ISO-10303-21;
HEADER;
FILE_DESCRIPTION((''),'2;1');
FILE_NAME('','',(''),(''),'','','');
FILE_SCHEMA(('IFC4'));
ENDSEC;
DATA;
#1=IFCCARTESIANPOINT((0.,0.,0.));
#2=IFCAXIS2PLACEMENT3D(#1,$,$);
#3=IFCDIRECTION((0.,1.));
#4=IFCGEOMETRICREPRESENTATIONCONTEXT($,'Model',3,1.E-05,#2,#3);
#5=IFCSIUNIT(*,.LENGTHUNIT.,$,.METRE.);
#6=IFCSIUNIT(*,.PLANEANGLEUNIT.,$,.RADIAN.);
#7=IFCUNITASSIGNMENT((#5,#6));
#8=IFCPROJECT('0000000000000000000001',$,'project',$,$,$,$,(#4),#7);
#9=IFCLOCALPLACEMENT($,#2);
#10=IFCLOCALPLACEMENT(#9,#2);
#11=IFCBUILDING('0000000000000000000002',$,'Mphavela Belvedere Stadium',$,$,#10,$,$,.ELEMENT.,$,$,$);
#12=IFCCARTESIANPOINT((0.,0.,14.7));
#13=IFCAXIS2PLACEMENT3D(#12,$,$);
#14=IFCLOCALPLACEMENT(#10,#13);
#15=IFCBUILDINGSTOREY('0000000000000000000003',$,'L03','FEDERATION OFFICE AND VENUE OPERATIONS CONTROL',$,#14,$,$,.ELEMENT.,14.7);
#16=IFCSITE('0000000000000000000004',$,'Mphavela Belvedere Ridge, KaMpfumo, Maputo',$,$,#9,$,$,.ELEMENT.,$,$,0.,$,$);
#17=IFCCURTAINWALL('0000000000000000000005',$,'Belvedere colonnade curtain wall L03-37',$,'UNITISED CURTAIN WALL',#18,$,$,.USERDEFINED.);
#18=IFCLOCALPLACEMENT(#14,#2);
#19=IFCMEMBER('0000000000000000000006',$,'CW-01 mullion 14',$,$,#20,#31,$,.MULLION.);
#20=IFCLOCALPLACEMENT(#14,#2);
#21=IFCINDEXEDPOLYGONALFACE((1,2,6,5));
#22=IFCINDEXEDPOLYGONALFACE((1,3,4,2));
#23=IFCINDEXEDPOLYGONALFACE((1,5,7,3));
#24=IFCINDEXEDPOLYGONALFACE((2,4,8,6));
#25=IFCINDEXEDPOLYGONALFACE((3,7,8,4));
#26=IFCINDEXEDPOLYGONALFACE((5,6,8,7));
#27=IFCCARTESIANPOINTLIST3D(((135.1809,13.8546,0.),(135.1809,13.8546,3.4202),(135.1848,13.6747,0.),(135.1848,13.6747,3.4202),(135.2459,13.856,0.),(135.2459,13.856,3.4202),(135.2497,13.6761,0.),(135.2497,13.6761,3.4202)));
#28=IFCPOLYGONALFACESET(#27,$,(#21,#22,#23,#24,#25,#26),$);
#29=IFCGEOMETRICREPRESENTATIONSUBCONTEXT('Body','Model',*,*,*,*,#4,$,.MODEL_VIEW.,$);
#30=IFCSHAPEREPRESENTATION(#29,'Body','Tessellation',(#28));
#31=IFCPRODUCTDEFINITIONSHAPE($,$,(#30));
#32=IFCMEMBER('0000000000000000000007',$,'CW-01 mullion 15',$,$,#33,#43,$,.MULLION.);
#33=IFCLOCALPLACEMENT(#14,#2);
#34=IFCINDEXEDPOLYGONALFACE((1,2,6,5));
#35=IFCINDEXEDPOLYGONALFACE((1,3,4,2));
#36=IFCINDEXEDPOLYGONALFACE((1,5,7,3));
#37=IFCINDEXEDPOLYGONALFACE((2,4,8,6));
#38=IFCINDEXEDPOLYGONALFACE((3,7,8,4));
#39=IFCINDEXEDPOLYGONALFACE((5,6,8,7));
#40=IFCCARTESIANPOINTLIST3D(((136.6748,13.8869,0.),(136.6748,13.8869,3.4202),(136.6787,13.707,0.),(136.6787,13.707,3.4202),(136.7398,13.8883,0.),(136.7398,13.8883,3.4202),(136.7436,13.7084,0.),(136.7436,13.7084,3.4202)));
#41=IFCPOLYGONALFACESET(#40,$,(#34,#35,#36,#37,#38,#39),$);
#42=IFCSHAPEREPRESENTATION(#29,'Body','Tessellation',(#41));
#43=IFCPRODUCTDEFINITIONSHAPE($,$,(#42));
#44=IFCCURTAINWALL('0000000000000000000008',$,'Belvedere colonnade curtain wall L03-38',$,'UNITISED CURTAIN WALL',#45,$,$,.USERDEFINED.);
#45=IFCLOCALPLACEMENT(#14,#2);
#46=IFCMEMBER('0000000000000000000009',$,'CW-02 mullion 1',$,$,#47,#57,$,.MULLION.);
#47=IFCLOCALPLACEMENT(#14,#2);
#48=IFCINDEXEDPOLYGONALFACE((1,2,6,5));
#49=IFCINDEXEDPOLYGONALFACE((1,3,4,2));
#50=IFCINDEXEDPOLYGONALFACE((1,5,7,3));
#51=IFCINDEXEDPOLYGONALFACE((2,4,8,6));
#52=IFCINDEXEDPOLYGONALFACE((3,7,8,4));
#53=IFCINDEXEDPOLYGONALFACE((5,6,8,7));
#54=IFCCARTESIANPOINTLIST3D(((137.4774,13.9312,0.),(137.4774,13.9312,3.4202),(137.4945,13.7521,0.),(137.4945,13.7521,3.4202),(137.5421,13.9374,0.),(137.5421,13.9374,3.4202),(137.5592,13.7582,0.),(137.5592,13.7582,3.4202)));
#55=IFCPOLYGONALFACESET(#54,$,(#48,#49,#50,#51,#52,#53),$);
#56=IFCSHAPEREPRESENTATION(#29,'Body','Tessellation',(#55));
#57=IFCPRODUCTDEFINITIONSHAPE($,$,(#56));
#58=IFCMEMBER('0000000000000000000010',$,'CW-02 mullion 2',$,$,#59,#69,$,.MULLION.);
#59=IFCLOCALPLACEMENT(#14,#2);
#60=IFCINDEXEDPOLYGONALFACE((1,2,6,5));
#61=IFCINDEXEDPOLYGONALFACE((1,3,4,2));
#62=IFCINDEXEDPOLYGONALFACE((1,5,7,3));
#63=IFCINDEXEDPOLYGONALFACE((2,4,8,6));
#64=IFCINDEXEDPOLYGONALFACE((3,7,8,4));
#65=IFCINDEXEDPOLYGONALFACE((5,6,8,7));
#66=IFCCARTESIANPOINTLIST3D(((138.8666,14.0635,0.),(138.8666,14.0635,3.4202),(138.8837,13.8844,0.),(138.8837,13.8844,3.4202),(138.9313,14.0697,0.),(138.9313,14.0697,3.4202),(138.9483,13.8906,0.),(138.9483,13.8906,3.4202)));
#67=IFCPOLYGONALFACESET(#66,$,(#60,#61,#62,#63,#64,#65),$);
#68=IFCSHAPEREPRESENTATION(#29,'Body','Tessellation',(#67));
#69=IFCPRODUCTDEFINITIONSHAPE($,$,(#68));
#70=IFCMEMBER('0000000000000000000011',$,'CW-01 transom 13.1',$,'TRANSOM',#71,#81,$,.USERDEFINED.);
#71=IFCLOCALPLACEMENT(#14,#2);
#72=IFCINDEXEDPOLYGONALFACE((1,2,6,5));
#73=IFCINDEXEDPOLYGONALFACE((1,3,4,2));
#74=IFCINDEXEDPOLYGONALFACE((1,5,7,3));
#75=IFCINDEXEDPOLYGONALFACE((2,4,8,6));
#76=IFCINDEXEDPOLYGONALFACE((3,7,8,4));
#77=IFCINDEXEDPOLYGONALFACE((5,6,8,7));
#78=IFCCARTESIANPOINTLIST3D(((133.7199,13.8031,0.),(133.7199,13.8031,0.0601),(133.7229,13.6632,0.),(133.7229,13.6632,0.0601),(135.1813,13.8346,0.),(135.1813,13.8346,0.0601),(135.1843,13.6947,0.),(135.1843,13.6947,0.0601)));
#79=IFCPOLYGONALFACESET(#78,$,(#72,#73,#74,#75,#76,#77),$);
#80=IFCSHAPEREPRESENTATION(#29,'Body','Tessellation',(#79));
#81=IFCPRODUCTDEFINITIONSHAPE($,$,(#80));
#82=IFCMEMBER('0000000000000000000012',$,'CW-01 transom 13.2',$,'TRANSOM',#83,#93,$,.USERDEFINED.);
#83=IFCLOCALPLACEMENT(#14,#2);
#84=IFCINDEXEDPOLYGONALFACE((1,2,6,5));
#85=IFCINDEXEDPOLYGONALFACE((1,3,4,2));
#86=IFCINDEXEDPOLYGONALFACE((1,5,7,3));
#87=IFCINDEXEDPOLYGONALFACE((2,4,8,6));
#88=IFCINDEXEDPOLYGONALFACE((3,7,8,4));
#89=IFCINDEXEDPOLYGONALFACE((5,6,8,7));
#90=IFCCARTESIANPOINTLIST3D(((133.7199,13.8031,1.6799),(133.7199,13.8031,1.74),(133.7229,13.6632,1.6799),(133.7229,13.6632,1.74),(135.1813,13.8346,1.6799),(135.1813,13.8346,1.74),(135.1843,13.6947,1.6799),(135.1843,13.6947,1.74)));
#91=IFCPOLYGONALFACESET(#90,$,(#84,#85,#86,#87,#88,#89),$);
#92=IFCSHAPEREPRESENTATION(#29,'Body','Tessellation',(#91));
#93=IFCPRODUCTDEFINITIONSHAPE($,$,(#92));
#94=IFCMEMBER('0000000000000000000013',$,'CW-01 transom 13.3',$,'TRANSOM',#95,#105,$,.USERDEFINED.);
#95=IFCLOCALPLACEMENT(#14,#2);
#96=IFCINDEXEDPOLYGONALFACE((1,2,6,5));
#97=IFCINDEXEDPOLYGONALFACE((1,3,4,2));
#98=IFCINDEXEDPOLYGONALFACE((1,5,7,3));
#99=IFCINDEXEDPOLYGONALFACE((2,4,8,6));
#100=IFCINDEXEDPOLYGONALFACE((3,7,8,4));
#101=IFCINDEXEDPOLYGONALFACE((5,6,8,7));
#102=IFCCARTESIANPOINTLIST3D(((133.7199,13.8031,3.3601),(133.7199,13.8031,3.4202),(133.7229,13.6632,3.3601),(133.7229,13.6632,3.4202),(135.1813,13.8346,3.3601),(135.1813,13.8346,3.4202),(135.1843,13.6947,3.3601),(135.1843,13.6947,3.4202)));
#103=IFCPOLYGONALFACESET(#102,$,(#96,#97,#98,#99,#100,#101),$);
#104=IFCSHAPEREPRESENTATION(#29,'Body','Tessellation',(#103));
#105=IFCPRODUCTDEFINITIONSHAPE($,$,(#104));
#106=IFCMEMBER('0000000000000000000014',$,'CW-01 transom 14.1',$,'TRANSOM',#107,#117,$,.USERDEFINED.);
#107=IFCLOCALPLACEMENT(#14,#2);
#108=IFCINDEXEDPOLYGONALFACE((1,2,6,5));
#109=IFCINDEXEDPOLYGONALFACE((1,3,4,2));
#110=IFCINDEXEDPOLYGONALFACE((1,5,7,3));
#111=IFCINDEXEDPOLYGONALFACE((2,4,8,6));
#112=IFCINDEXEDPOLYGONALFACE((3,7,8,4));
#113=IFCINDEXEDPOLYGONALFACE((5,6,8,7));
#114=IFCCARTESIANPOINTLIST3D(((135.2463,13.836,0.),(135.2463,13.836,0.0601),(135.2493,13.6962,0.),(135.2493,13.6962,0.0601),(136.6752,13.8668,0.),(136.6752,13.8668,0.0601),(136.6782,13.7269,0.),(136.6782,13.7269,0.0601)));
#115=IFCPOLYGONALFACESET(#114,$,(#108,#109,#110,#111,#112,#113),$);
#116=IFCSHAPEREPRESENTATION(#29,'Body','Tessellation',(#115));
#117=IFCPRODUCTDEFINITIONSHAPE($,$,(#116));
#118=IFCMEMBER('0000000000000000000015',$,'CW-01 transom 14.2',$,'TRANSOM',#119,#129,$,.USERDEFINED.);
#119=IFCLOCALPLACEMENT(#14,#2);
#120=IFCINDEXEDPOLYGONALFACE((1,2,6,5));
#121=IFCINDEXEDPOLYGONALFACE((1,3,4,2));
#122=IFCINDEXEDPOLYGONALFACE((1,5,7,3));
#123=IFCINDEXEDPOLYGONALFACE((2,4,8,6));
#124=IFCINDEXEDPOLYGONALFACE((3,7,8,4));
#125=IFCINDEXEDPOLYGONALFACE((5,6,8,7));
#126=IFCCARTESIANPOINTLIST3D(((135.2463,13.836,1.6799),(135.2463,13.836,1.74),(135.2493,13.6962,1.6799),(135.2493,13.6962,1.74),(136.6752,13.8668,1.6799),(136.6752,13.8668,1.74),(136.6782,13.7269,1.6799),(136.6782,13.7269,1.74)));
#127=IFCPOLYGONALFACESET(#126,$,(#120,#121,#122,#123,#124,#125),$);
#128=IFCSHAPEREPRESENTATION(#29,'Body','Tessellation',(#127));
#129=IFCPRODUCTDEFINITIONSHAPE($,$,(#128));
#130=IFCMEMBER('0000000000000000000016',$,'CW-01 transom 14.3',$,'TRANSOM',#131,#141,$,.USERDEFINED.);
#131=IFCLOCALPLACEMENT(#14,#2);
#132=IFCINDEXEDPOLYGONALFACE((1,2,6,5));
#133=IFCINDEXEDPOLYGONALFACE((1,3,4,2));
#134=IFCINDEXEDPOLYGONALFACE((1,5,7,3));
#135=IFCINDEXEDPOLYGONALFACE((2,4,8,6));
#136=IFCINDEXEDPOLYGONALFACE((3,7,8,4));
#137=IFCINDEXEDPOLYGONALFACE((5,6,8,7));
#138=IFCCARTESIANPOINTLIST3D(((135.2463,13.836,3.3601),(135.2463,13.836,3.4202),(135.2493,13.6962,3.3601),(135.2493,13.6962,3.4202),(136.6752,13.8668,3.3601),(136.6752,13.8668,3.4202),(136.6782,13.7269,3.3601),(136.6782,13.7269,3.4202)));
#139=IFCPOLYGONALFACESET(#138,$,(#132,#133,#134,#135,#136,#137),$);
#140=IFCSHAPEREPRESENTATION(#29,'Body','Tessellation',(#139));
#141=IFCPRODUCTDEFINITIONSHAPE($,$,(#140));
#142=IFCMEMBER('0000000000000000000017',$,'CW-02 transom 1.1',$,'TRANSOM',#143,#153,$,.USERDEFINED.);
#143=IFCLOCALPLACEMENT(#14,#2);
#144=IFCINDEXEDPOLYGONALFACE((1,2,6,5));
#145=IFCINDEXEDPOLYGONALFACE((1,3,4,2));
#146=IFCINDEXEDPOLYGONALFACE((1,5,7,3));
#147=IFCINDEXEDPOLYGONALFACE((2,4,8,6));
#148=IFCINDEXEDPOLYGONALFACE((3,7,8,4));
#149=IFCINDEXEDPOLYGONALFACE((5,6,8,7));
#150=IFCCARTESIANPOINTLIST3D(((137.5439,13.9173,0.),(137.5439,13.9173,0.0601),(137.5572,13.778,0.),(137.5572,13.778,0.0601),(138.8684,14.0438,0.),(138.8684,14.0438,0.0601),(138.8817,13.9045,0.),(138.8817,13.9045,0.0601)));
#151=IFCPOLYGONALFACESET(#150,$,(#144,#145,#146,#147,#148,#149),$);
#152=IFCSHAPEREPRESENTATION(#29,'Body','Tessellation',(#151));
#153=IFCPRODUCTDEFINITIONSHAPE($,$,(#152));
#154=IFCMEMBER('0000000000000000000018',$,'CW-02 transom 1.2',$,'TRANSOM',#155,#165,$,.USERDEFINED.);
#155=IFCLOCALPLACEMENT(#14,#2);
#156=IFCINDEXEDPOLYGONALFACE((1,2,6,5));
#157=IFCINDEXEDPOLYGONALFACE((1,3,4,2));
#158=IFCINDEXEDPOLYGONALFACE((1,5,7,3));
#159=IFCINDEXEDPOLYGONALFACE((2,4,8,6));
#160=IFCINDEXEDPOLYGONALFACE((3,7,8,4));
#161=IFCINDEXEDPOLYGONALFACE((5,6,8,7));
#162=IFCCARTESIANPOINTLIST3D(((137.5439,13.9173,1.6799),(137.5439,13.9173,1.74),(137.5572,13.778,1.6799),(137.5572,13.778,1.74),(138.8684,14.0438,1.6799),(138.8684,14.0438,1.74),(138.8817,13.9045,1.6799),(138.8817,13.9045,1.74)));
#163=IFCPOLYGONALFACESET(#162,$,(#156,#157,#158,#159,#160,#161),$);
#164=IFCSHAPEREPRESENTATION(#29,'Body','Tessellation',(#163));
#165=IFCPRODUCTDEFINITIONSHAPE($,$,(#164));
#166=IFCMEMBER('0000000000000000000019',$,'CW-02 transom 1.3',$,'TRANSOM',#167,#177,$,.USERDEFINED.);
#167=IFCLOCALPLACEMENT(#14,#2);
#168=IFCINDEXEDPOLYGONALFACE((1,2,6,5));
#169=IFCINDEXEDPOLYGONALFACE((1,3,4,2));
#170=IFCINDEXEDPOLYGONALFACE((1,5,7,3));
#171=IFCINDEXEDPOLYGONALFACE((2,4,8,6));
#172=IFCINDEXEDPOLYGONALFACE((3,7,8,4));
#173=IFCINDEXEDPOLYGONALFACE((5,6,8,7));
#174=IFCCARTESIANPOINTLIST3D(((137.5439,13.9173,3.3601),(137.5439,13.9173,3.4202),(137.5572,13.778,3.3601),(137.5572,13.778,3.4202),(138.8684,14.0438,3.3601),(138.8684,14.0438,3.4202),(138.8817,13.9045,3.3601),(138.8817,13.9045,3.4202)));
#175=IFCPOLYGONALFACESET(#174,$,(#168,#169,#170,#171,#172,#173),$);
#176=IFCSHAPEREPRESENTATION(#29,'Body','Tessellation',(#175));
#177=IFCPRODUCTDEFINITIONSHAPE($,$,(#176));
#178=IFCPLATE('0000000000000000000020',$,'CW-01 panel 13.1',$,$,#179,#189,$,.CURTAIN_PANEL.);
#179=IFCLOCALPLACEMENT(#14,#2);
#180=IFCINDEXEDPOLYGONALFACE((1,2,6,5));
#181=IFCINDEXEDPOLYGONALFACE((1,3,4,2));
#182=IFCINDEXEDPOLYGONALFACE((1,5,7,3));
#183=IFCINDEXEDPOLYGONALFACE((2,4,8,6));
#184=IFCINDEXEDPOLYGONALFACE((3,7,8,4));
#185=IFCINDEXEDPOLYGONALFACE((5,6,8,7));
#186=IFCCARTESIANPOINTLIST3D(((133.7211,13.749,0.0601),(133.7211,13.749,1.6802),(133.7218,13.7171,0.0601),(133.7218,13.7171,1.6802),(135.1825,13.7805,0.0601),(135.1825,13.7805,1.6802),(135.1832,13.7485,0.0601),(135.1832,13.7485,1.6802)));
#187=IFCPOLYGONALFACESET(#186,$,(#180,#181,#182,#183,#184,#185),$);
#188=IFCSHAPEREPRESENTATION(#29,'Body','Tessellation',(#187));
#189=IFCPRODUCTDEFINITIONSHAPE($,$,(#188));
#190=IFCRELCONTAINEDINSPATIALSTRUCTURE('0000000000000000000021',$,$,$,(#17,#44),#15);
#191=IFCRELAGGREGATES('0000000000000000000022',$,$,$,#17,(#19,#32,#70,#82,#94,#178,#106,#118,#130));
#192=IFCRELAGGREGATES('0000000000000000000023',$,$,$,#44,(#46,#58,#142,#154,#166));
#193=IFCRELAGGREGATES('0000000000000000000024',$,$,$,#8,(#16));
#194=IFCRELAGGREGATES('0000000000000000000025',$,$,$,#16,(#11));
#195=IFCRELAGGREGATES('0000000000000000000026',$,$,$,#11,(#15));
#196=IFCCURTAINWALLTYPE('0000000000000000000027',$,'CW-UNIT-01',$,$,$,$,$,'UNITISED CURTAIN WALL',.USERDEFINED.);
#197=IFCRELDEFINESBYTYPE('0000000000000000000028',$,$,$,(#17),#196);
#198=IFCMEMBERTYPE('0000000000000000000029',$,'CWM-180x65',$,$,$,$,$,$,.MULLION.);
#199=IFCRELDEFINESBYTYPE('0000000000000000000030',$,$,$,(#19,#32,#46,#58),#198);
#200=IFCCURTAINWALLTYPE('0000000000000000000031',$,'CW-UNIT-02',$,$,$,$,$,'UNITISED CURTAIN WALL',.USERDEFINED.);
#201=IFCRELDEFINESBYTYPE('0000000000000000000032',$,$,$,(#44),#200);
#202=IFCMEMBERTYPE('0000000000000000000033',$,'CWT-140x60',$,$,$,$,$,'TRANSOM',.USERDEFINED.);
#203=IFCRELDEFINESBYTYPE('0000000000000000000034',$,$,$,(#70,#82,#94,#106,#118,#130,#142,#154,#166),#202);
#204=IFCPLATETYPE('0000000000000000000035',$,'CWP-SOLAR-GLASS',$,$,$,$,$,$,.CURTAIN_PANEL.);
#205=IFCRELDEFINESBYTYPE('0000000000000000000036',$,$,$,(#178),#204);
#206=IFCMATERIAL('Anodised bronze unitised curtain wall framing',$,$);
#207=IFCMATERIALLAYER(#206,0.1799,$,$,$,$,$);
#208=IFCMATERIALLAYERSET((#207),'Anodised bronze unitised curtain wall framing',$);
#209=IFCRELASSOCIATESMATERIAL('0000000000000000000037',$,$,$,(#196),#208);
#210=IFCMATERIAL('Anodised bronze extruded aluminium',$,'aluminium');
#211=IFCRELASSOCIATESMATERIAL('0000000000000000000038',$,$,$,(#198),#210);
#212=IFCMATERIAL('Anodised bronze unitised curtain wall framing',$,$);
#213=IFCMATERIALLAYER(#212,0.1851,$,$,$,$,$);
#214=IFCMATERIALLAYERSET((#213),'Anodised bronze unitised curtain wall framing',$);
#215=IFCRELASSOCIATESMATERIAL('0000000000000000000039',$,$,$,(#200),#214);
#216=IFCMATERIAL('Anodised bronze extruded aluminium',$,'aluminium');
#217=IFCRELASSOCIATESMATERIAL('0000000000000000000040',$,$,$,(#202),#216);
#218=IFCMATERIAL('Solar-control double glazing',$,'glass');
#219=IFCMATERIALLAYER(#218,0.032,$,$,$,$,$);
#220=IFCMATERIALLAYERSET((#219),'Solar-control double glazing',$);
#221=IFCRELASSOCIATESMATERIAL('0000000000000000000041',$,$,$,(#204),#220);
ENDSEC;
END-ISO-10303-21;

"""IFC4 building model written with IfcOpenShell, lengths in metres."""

from ifc_helpers import new_model, si_unit, direction, frame, origin, origin_2d, place, context, subcontext, project, spatial, rectangle, extrude, material, layer, layer_set, material_profile, profile_set, type_object, element, aggregate, save


model = new_model("IFC4")

# Units and contexts
model_context = context("Model", 3, precision=1e-05, world=origin(), true_north=direction((0.0, 1.0)))
body_context = subcontext(model_context, "Body", "Model", "MODEL_VIEW")
ifc_project = project(units=[si_unit("LENGTHUNIT", "METRE"), si_unit("PLANEANGLEUNIT", "RADIAN")], contexts=[model_context])

# Site, building, storey
site_placement = place(None, origin())
site = spatial("IfcSite", under=ifc_project, at=site_placement, Name="Mphavela Belvedere Ridge, KaMpfumo, Maputo", CompositionType="ELEMENT", RefElevation=0.0)
building_placement = place(site_placement, origin())
building = spatial("IfcBuilding", under=site, at=building_placement, Name="Mphavela Belvedere Stadium", CompositionType="ELEMENT")
storey_placement = place(building_placement, frame((0.0, 0.0, 14.7)))
storey = spatial("IfcBuildingStorey", under=building, at=storey_placement, Name="L03", Description="FEDERATION OFFICE AND VENUE OPERATIONS CONTROL", CompositionType="ELEMENT", Elevation=14.7)

# Curtain walls, members
ifc_material_1 = material(Name="Anodised bronze unitised curtain wall framing")
ifc_layer_1 = layer(ifc_material_1, 0.1799)
ifc_layer_set_1 = layer_set([ifc_layer_1], Name="Anodised bronze unitised curtain wall framing")
curtain_wall_type_1 = type_object("IfcCurtainWallType", Name="CW-UNIT-01", ElementType="UNITISED CURTAIN WALL", PredefinedType="USERDEFINED", material=ifc_layer_set_1)
curtain_wall_1_placement = place(storey_placement, origin())
curtain_wall_1 = element("IfcCurtainWall", 1, at=curtain_wall_1_placement, inside=storey, type_object=curtain_wall_type_1, Name="Belvedere colonnade curtain wall L03-37", ObjectType="UNITISED CURTAIN WALL", PredefinedType="USERDEFINED")
ifc_material_2 = material(Name="Anodised bronze extruded aluminium", Category="aluminium")
ifc_material_profile_1 = material_profile(ifc_material_2, rectangle(XDim=0.1799, YDim=0.0649, at=origin_2d()), Name="CW-MUL 180x65")
ifc_profile_set_1 = profile_set([ifc_material_profile_1], Name="Anodised bronze extruded aluminium")
member_type_1 = type_object("IfcMemberType", Name="CWM-180x65", PredefinedType="MULLION", material=ifc_profile_set_1)
member_1_placement = place(storey_placement, frame((135.2153, 13.7654, 0.0), z_axis=(0.0, 0.0, 1.0), x_axis=(-0.021531, 0.999768, 0.0)))
member_1 = element("IfcMember", 2, at=member_1_placement, type_object=member_type_1, Name="CW-01 mullion 14", PredefinedType="MULLION", context=body_context, shape_type="SweptSolid", body=[
    extrude(rectangle(XDim=0.1799, YDim=0.0649, at=origin_2d()), origin(), (0.0, 0.0, 1.0), 3.4202),
])
member_2_placement = place(storey_placement, frame((136.7092, 13.7976, 0.0), z_axis=(0.0, 0.0, 1.0), x_axis=(-0.021531, 0.999768, 0.0)))
member_2 = element("IfcMember", 3, at=member_2_placement, type_object=member_type_1, Name="CW-01 mullion 15", PredefinedType="MULLION", context=body_context, shape_type="SweptSolid", body=[
    extrude(rectangle(XDim=0.1799, YDim=0.0649, at=origin_2d()), origin(), (0.0, 0.0, 1.0), 3.4202),
])
ifc_material_3 = material(Name="Anodised bronze unitised curtain wall framing")
ifc_layer_2 = layer(ifc_material_3, 0.1851)
ifc_layer_set_2 = layer_set([ifc_layer_2], Name="Anodised bronze unitised curtain wall framing")
curtain_wall_type_2 = type_object("IfcCurtainWallType", Name="CW-UNIT-02", ElementType="UNITISED CURTAIN WALL", PredefinedType="USERDEFINED", material=ifc_layer_set_2)
curtain_wall_2_placement = place(storey_placement, origin())
curtain_wall_2 = element("IfcCurtainWall", 4, at=curtain_wall_2_placement, inside=storey, type_object=curtain_wall_type_2, Name="Belvedere colonnade curtain wall L03-38", ObjectType="UNITISED CURTAIN WALL", PredefinedType="USERDEFINED")
member_3_placement = place(storey_placement, frame((137.5183, 13.8447, 0.0), z_axis=(0.0, 0.0, 1.0), x_axis=(-0.094929, 0.995484, 0.0)))
member_3 = element("IfcMember", 5, at=member_3_placement, type_object=member_type_1, Name="CW-02 mullion 1", PredefinedType="MULLION", context=body_context, shape_type="SweptSolid", body=[
    extrude(rectangle(XDim=0.1799, YDim=0.0649, at=origin_2d()), origin(), (0.0, 0.0, 1.0), 3.4202),
])
member_4_placement = place(storey_placement, frame((138.9075, 13.9771, 0.0), z_axis=(0.0, 0.0, 1.0), x_axis=(-0.094929, 0.995484, 0.0)))
member_4 = element("IfcMember", 6, at=member_4_placement, type_object=member_type_1, Name="CW-02 mullion 2", PredefinedType="MULLION", context=body_context, shape_type="SweptSolid", body=[
    extrude(rectangle(XDim=0.1799, YDim=0.0649, at=origin_2d()), origin(), (0.0, 0.0, 1.0), 3.4202),
])

# Members
ifc_material_4 = material(Name="Anodised bronze extruded aluminium", Category="aluminium")
ifc_material_profile_2 = material_profile(ifc_material_4, rectangle(XDim=0.1399, YDim=0.0601, at=origin_2d()), Name="CW-TRN 140x60")
ifc_profile_set_2 = profile_set([ifc_material_profile_2], Name="Anodised bronze extruded aluminium")
member_type_2 = type_object("IfcMemberType", Name="CWT-140x60", ElementType="TRANSOM", PredefinedType="USERDEFINED", material=ifc_profile_set_2)
member_5_placement = place(storey_placement, frame((133.7214, 13.7332, 0.03), z_axis=(0.999768, 0.021545, 0.0), x_axis=(-0.021545, 0.999768, 0.0)))
member_5 = element("IfcMember", 7, at=member_5_placement, type_object=member_type_2, Name="CW-01 transom 13.1", ObjectType="TRANSOM", PredefinedType="USERDEFINED", context=body_context, shape_type="SweptSolid", body=[
    extrude(rectangle(XDim=0.1399, YDim=0.0601, at=origin_2d()), origin(), (0.0, 0.0, 1.0), 1.4617),
])
member_6_placement = place(storey_placement, frame((133.7214, 13.7332, 1.71), z_axis=(0.999768, 0.021545, 0.0), x_axis=(-0.021545, 0.999768, 0.0)))
member_6 = element("IfcMember", 8, at=member_6_placement, type_object=member_type_2, Name="CW-01 transom 13.2", ObjectType="TRANSOM", PredefinedType="USERDEFINED", context=body_context, shape_type="SweptSolid", body=[
    extrude(rectangle(XDim=0.1399, YDim=0.0601, at=origin_2d()), origin(), (0.0, 0.0, 1.0), 1.4617),
])
member_7_placement = place(storey_placement, frame((133.7214, 13.7332, 3.3901), z_axis=(0.999768, 0.021545, 0.0), x_axis=(-0.021545, 0.999768, 0.0)))
member_7 = element("IfcMember", 9, at=member_7_placement, type_object=member_type_2, Name="CW-01 transom 13.3", ObjectType="TRANSOM", PredefinedType="USERDEFINED", context=body_context, shape_type="SweptSolid", body=[
    extrude(rectangle(XDim=0.1399, YDim=0.0601, at=origin_2d()), origin(), (0.0, 0.0, 1.0), 1.4617),
])
member_8_placement = place(storey_placement, frame((135.2478, 13.7661, 0.03), z_axis=(0.999768, 0.021522, 0.0), x_axis=(-0.021522, 0.999768, 0.0)))
member_8 = element("IfcMember", 10, at=member_8_placement, type_object=member_type_2, Name="CW-01 transom 14.1", ObjectType="TRANSOM", PredefinedType="USERDEFINED", context=body_context, shape_type="SweptSolid", body=[
    extrude(rectangle(XDim=0.1399, YDim=0.0601, at=origin_2d()), origin(), (0.0, 0.0, 1.0), 1.4292),
])
member_9_placement = place(storey_placement, frame((135.2478, 13.7661, 1.71), z_axis=(0.999768, 0.021522, 0.0), x_axis=(-0.021522, 0.999768, 0.0)))
member_9 = element("IfcMember", 11, at=member_9_placement, type_object=member_type_2, Name="CW-01 transom 14.2", ObjectType="TRANSOM", PredefinedType="USERDEFINED", context=body_context, shape_type="SweptSolid", body=[
    extrude(rectangle(XDim=0.1399, YDim=0.0601, at=origin_2d()), origin(), (0.0, 0.0, 1.0), 1.4292),
])
member_10_placement = place(storey_placement, frame((135.2478, 13.7661, 3.3901), z_axis=(0.999768, 0.021522, 0.0), x_axis=(-0.021522, 0.999768, 0.0)))
member_10 = element("IfcMember", 12, at=member_10_placement, type_object=member_type_2, Name="CW-01 transom 14.3", ObjectType="TRANSOM", PredefinedType="USERDEFINED", context=body_context, shape_type="SweptSolid", body=[
    extrude(rectangle(XDim=0.1399, YDim=0.0601, at=origin_2d()), origin(), (0.0, 0.0, 1.0), 1.4292),
])
member_11_placement = place(storey_placement, frame((137.5505, 13.8477, 0.03), z_axis=(0.995472, 0.095052, 0.0), x_axis=(-0.095052, 0.995472, 0.0)))
member_11 = element("IfcMember", 13, at=member_11_placement, type_object=member_type_2, Name="CW-02 transom 1.1", ObjectType="TRANSOM", PredefinedType="USERDEFINED", context=body_context, shape_type="SweptSolid", body=[
    extrude(rectangle(XDim=0.1399, YDim=0.0601, at=origin_2d()), origin(), (0.0, 0.0, 1.0), 1.3306),
])
member_12_placement = place(storey_placement, frame((137.5505, 13.8477, 1.71), z_axis=(0.995472, 0.095052, 0.0), x_axis=(-0.095052, 0.995472, 0.0)))
member_12 = element("IfcMember", 14, at=member_12_placement, type_object=member_type_2, Name="CW-02 transom 1.2", ObjectType="TRANSOM", PredefinedType="USERDEFINED", context=body_context, shape_type="SweptSolid", body=[
    extrude(rectangle(XDim=0.1399, YDim=0.0601, at=origin_2d()), origin(), (0.0, 0.0, 1.0), 1.3306),
])
member_13_placement = place(storey_placement, frame((137.5505, 13.8477, 3.3901), z_axis=(0.995472, 0.095052, 0.0), x_axis=(-0.095052, 0.995472, 0.0)))
member_13 = element("IfcMember", 15, at=member_13_placement, type_object=member_type_2, Name="CW-02 transom 1.3", ObjectType="TRANSOM", PredefinedType="USERDEFINED", context=body_context, shape_type="SweptSolid", body=[
    extrude(rectangle(XDim=0.1399, YDim=0.0601, at=origin_2d()), origin(), (0.0, 0.0, 1.0), 1.3306),
])

# Plate
ifc_material_5 = material(Name="Solar-control double glazing", Category="glass")
ifc_layer_3 = layer(ifc_material_5, 0.032)
ifc_layer_set_3 = layer_set([ifc_layer_3], Name="Solar-control double glazing")
plate_type = type_object("IfcPlateType", Name="CWP-SOLAR-GLASS", PredefinedType="CURTAIN_PANEL", material=ifc_layer_set_3)
plate_1_placement = place(storey_placement, frame((134.4521, 13.7488, 0.0601), z_axis=(0.0, 0.0, 1.0), x_axis=(0.999768, 0.021531, 0.0)))
plate_1 = element("IfcPlate", 16, at=plate_1_placement, type_object=plate_type, Name="CW-01 panel 13.1", PredefinedType="CURTAIN_PANEL", context=body_context, shape_type="SweptSolid", body=[
    extrude(rectangle(XDim=1.4617, YDim=0.032, at=origin_2d()), origin(), (0.0, 0.0, 1.0), 1.6201),
])
aggregate(curtain_wall_1, [member_1, member_2, member_5, member_6, member_7, plate_1, member_8, member_9, member_10])
aggregate(curtain_wall_2, [member_3, member_4, member_11, member_12, member_13])

save(model, "model.ifc")
